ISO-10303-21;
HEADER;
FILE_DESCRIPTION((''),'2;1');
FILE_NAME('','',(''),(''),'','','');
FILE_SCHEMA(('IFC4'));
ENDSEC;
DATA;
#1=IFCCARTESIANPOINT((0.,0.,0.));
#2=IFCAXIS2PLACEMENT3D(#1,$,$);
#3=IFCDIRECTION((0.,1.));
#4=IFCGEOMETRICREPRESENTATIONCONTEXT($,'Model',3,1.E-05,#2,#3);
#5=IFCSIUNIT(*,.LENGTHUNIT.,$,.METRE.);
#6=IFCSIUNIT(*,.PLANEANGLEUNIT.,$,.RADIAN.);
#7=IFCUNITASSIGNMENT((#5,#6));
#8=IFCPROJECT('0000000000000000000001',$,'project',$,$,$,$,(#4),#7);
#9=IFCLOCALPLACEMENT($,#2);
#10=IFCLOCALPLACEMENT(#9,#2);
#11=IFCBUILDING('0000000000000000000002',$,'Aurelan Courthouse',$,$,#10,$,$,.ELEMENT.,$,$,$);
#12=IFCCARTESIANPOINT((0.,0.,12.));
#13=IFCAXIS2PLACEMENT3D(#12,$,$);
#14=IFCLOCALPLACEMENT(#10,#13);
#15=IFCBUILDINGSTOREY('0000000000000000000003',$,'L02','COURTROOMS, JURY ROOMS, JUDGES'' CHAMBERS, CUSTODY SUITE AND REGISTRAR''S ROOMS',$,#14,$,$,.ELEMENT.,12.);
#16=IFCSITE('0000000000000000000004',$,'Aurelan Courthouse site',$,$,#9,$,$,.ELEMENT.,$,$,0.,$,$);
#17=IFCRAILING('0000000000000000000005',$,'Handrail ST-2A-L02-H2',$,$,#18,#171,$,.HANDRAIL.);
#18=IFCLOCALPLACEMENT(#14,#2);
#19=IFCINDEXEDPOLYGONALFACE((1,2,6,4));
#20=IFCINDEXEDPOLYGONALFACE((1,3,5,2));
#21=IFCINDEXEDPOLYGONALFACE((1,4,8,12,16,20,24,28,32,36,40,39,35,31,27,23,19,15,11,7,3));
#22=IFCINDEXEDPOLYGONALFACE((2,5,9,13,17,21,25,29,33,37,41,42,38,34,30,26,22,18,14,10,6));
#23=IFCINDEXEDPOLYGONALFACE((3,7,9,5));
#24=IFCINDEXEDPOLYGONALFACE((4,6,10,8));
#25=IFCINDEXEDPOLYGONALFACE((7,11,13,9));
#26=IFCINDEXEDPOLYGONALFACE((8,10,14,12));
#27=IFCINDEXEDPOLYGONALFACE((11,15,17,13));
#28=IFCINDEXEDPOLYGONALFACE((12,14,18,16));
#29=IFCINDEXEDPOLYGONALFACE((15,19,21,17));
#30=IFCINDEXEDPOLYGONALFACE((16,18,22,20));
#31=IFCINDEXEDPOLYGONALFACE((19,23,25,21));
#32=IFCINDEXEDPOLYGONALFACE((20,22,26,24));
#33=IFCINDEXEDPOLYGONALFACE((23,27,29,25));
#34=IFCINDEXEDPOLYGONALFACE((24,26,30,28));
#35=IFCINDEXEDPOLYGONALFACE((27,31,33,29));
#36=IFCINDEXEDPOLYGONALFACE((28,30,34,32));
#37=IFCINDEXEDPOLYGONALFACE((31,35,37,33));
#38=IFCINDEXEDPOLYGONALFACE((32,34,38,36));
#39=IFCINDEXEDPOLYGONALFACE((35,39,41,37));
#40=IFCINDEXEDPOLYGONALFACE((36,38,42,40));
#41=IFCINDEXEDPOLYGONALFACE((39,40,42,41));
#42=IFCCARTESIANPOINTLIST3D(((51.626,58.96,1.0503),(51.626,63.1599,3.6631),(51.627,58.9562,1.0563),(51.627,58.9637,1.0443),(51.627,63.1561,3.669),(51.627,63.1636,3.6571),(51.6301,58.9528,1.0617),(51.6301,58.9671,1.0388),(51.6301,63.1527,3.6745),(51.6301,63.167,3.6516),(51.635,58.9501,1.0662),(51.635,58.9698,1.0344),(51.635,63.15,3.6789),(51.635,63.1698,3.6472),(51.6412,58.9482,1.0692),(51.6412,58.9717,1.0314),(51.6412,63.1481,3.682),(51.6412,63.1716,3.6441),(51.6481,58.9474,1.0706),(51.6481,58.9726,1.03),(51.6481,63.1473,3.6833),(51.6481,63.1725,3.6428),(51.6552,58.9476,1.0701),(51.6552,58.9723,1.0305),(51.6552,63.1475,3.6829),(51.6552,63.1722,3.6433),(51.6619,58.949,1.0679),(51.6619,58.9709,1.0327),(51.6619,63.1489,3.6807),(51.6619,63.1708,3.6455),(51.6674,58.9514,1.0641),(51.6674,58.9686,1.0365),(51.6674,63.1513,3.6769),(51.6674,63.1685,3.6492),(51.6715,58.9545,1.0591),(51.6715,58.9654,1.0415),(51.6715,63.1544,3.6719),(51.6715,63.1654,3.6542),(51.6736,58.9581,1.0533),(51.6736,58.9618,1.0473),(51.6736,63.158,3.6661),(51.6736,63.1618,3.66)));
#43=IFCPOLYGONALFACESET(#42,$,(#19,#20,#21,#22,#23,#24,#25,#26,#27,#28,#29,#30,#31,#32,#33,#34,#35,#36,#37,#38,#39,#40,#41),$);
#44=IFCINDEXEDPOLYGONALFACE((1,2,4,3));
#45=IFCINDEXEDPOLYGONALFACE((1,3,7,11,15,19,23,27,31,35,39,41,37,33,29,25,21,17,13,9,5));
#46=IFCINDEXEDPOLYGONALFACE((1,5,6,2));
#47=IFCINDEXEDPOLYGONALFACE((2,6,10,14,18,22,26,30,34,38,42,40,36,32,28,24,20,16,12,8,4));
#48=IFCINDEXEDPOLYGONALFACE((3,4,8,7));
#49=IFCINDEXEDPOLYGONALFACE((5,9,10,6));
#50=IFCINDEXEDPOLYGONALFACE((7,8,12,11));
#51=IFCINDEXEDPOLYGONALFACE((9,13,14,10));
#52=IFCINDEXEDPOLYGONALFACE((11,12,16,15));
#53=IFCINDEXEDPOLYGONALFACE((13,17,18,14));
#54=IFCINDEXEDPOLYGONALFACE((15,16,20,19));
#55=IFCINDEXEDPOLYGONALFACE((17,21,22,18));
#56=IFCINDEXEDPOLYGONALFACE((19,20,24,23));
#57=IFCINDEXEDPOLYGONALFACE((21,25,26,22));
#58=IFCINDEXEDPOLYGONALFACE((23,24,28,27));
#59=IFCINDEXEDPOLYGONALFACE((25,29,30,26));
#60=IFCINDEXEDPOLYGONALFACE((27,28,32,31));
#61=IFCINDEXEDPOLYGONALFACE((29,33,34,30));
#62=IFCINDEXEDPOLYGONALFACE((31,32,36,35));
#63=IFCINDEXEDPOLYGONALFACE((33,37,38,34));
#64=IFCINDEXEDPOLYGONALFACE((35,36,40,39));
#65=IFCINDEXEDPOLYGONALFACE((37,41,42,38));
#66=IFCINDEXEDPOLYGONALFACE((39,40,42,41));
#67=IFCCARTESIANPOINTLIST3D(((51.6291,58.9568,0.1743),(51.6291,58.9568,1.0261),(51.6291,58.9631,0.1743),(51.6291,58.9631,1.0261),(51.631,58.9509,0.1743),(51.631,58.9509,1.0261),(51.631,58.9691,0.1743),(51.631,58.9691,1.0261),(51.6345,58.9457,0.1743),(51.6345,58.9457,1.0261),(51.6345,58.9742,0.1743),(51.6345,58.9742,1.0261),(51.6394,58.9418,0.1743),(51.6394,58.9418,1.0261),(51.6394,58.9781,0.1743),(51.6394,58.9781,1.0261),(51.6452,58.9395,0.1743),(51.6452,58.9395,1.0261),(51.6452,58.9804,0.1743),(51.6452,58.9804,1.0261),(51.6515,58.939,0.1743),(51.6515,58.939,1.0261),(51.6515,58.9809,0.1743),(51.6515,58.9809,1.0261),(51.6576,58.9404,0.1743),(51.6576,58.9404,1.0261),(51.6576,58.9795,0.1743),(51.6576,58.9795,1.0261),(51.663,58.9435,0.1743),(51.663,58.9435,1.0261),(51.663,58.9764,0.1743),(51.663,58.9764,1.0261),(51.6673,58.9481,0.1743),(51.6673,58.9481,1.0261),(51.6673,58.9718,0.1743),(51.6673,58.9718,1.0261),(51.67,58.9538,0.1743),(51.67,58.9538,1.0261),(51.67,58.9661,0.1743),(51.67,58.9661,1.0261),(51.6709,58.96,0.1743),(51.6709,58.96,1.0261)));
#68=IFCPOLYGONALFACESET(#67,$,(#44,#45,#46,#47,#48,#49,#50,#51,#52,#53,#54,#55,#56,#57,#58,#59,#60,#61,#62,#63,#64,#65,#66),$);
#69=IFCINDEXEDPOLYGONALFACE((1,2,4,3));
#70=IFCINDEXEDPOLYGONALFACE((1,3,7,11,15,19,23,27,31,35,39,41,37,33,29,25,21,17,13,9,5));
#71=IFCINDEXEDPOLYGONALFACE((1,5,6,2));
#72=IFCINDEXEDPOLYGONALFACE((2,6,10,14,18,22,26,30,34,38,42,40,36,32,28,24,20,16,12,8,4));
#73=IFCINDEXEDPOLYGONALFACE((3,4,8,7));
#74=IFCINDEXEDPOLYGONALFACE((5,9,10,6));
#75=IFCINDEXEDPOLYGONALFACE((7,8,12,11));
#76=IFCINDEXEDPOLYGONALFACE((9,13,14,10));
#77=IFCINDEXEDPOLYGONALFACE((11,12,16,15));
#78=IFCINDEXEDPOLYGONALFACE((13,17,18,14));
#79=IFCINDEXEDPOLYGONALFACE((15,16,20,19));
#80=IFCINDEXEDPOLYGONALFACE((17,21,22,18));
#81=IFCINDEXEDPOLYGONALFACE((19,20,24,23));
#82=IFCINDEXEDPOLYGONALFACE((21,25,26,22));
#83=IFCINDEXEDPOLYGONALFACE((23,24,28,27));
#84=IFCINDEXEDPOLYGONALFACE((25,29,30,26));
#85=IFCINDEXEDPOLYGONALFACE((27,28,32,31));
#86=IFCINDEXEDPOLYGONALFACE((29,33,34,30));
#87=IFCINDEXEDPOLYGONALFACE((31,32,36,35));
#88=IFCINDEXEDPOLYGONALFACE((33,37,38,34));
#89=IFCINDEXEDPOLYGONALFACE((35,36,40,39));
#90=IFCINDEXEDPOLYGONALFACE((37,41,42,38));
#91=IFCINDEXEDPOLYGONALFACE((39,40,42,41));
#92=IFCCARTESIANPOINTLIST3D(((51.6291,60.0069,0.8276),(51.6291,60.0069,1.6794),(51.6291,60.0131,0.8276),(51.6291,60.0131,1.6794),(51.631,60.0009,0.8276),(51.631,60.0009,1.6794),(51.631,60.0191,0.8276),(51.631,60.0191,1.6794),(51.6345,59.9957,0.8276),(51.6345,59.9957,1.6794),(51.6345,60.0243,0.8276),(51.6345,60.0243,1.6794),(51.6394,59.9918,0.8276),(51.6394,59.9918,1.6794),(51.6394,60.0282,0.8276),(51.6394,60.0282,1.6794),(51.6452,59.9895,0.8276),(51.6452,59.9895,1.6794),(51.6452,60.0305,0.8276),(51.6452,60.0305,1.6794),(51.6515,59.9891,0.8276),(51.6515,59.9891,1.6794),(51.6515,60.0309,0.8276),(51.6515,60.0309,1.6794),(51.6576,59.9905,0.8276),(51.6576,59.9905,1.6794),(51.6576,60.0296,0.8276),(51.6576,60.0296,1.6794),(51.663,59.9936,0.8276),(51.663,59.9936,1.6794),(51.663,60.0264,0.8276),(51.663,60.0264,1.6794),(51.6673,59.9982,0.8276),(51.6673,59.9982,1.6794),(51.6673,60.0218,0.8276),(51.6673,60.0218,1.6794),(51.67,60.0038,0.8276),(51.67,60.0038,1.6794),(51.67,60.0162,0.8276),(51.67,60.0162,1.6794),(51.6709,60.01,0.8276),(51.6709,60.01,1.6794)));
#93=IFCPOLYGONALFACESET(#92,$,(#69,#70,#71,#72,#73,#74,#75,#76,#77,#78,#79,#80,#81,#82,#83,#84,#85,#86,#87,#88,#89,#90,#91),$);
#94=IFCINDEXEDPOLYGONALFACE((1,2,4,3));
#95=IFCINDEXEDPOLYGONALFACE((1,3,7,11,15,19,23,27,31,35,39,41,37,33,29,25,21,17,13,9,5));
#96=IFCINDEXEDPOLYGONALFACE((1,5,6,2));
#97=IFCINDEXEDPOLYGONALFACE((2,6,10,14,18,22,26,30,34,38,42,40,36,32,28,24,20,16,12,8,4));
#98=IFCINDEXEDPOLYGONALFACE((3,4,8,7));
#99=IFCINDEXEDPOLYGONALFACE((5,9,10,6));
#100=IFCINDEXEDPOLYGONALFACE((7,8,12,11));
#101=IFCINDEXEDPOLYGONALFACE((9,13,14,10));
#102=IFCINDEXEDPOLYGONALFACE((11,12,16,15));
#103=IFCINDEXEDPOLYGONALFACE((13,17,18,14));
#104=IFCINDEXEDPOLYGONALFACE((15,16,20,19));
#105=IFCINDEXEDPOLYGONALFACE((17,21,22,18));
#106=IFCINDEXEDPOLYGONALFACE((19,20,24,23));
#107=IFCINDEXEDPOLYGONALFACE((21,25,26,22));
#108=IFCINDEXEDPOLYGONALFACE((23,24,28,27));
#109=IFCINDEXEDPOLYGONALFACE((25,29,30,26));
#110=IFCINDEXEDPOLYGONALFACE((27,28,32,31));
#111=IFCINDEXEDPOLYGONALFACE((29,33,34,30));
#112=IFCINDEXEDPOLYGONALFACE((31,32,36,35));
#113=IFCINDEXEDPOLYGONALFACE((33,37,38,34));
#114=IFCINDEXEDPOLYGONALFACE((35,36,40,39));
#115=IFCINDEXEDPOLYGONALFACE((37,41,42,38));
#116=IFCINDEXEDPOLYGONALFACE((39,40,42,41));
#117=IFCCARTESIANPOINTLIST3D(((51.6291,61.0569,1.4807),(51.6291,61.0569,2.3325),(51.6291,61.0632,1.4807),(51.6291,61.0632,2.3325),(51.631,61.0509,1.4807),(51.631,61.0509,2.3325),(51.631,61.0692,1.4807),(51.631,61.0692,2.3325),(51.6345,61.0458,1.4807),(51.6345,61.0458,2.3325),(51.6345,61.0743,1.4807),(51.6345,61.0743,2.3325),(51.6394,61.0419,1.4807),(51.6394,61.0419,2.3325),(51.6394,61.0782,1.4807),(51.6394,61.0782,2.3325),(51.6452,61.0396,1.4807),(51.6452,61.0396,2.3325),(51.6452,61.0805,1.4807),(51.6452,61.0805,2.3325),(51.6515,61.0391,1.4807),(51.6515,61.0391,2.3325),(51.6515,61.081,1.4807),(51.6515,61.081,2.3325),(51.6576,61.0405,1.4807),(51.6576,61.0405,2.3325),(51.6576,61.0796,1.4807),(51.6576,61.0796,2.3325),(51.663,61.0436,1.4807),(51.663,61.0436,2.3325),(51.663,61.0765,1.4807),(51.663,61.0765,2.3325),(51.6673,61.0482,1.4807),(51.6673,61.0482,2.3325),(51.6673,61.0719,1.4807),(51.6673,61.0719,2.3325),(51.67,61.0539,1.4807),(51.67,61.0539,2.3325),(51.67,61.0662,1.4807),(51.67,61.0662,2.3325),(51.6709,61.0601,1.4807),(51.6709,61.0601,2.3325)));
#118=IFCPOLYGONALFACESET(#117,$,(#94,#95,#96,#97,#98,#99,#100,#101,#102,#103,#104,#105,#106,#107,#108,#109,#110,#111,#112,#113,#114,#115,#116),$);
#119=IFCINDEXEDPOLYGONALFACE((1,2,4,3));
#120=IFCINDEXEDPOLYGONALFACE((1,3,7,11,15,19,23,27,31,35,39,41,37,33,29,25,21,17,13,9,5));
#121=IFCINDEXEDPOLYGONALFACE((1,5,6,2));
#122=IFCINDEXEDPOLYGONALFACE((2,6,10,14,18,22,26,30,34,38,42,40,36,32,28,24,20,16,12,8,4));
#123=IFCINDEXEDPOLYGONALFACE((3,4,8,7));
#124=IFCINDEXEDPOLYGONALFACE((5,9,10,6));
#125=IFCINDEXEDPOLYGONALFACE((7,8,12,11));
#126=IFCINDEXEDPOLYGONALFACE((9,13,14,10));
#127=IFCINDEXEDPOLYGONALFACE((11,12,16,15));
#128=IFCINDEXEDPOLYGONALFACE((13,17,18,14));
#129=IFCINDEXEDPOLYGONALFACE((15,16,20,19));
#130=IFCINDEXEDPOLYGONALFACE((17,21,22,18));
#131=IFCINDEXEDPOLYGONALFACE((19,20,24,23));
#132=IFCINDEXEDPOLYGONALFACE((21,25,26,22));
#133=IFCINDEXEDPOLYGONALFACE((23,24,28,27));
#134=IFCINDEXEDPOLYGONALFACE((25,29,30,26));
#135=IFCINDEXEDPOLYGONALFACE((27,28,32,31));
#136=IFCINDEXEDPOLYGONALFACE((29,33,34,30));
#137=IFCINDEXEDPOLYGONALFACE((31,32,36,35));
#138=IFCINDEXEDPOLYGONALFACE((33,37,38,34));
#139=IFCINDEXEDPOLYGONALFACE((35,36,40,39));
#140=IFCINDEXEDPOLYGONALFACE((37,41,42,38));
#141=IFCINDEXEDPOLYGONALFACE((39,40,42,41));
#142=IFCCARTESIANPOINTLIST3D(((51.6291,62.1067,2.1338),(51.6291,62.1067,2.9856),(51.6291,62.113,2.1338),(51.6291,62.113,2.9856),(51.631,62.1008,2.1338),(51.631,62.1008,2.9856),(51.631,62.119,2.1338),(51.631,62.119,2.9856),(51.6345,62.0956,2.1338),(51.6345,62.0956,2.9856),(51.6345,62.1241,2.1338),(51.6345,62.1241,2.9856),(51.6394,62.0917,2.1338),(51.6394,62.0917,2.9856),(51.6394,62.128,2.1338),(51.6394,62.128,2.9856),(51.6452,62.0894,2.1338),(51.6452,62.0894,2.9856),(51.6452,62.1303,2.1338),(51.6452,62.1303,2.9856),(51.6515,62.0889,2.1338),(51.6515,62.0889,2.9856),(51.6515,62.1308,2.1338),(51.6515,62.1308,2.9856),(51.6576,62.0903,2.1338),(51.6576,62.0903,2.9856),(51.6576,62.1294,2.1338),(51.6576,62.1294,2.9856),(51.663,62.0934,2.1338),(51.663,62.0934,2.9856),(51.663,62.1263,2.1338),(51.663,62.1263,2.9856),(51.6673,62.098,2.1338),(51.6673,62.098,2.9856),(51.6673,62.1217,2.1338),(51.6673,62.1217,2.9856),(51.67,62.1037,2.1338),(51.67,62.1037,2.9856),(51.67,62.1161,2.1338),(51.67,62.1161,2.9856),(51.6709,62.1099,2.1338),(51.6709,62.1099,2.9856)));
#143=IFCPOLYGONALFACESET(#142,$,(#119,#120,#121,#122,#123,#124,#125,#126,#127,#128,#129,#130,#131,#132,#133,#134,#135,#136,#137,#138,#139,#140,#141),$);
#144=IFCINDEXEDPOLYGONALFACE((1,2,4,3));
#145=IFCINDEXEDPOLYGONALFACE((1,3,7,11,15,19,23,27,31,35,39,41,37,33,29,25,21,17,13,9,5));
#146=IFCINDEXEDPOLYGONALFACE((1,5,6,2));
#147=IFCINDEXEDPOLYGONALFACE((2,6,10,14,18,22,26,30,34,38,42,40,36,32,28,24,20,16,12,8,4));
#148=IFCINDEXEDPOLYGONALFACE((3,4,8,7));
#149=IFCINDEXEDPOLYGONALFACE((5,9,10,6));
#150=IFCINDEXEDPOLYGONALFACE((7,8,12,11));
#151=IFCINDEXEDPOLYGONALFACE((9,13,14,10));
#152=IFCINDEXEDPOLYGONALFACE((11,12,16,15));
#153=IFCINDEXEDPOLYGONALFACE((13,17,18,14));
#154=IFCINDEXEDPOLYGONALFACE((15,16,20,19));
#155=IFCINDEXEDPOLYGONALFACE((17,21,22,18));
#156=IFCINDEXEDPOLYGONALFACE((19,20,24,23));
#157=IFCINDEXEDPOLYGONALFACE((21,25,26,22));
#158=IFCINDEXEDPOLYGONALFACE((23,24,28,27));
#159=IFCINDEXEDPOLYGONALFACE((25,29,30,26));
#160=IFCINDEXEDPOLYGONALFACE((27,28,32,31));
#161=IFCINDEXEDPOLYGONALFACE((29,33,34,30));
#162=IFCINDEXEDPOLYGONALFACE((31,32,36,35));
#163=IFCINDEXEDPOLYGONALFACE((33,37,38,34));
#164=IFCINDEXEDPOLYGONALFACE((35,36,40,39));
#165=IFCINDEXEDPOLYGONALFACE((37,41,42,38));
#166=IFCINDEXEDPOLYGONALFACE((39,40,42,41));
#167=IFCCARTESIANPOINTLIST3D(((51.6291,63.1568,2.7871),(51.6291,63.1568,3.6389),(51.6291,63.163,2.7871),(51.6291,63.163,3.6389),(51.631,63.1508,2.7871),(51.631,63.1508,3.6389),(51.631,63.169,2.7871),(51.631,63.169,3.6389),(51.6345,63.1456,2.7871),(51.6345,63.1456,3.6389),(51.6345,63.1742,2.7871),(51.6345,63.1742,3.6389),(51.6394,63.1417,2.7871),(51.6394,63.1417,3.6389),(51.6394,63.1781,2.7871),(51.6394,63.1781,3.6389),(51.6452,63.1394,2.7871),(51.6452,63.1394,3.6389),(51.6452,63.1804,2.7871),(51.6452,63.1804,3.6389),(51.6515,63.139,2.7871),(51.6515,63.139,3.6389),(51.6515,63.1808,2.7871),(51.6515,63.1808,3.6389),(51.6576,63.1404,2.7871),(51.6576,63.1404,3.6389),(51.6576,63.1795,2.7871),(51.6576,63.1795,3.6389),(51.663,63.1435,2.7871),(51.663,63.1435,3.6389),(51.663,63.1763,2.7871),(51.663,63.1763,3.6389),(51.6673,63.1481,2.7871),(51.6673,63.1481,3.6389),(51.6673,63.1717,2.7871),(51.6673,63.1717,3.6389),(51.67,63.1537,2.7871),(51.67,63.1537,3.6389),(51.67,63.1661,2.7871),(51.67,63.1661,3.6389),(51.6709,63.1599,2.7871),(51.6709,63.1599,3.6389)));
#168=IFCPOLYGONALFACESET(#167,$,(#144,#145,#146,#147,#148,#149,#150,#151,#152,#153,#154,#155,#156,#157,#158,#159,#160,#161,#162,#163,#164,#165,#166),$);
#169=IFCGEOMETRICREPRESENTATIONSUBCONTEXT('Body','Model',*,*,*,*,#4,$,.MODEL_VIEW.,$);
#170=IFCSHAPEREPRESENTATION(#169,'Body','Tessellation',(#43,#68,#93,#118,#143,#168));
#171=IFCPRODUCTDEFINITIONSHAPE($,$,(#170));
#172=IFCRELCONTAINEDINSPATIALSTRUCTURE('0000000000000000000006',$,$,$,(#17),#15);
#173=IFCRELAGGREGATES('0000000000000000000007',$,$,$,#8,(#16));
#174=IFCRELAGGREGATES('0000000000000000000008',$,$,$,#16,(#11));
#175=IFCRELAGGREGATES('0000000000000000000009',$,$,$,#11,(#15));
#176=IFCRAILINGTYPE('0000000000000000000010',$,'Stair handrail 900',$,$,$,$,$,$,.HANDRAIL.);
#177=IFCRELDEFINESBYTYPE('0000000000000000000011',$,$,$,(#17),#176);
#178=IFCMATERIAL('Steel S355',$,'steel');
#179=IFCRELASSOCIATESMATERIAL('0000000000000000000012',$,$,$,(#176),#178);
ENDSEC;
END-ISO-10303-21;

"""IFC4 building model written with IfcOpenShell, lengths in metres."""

from ifc_helpers import new_model, si_unit, direction, frame, origin, origin_2d, place, context, subcontext, project, spatial, circle, extrude, material, type_object, element, save


model = new_model("IFC4")

# Units and contexts
model_context = context("Model", 3, precision=1e-05, world=origin(), true_north=direction((0.0, 1.0)))
body_context = subcontext(model_context, "Body", "Model", "MODEL_VIEW")
ifc_project = project(units=[si_unit("LENGTHUNIT", "METRE"), si_unit("PLANEANGLEUNIT", "RADIAN")], contexts=[model_context])

# Site, building, storey
site_placement = place(None, origin())
site = spatial("IfcSite", under=ifc_project, at=site_placement, Name="Aurelan Courthouse site", CompositionType="ELEMENT", RefElevation=0.0)
building_placement = place(site_placement, origin())
building = spatial("IfcBuilding", under=site, at=building_placement, Name="Aurelan Courthouse", CompositionType="ELEMENT")
storey_placement = place(building_placement, frame((0.0, 0.0, 12.0)))
storey = spatial("IfcBuildingStorey", under=building, at=storey_placement, Name="L02", Description="COURTROOMS, JURY ROOMS, JUDGES' CHAMBERS, CUSTODY SUITE AND REGISTRAR'S ROOMS", CompositionType="ELEMENT", Elevation=12.0)

# Railing
ifc_material_1 = material(Name="Steel S355", Category="steel")
railing_type_1 = type_object("IfcRailingType", Name="Stair handrail 900", PredefinedType="HANDRAIL", material=ifc_material_1)
for number, where, name in (
    (1, (51.6499, 58.96, 0.1743), "Handrail ST-2A-L02-H2"),
):
    element("IfcRailing", number, at=place(storey_placement, frame(where)), inside=storey, type_object=railing_type_1, Name=name, PredefinedType="HANDRAIL", context=body_context, shape_type="SweptSolid", body=[
        extrude(circle(Radius=0.0239, at=origin_2d()), frame((0.0, 0.0, 0.876), z_axis=(0.0, 0.849103, 0.528228), x_axis=(-1.0, 0.0, 0.0)), (0.0, 0.0, 1.0), 4.9463),
        extrude(circle(Radius=0.021, at=origin_2d()), origin(), (0.0, 0.0, 1.0), 0.8518),
        extrude(circle(Radius=0.021, at=origin_2d()), frame((0.0, 1.05, 0.6533)), (0.0, 0.0, 1.0), 0.8518),
        extrude(circle(Radius=0.021, at=origin_2d()), frame((0.0, 2.1001, 1.3064)), (0.0, 0.0, 1.0), 0.8518),
        extrude(circle(Radius=0.021, at=origin_2d()), frame((0.0, 3.1499, 1.9595)), (0.0, 0.0, 1.0), 0.8518),
        extrude(circle(Radius=0.021, at=origin_2d()), frame((0.0, 4.2, 2.6128)), (0.0, 0.0, 1.0), 0.8518),
    ])

save(model, "model.ifc")
